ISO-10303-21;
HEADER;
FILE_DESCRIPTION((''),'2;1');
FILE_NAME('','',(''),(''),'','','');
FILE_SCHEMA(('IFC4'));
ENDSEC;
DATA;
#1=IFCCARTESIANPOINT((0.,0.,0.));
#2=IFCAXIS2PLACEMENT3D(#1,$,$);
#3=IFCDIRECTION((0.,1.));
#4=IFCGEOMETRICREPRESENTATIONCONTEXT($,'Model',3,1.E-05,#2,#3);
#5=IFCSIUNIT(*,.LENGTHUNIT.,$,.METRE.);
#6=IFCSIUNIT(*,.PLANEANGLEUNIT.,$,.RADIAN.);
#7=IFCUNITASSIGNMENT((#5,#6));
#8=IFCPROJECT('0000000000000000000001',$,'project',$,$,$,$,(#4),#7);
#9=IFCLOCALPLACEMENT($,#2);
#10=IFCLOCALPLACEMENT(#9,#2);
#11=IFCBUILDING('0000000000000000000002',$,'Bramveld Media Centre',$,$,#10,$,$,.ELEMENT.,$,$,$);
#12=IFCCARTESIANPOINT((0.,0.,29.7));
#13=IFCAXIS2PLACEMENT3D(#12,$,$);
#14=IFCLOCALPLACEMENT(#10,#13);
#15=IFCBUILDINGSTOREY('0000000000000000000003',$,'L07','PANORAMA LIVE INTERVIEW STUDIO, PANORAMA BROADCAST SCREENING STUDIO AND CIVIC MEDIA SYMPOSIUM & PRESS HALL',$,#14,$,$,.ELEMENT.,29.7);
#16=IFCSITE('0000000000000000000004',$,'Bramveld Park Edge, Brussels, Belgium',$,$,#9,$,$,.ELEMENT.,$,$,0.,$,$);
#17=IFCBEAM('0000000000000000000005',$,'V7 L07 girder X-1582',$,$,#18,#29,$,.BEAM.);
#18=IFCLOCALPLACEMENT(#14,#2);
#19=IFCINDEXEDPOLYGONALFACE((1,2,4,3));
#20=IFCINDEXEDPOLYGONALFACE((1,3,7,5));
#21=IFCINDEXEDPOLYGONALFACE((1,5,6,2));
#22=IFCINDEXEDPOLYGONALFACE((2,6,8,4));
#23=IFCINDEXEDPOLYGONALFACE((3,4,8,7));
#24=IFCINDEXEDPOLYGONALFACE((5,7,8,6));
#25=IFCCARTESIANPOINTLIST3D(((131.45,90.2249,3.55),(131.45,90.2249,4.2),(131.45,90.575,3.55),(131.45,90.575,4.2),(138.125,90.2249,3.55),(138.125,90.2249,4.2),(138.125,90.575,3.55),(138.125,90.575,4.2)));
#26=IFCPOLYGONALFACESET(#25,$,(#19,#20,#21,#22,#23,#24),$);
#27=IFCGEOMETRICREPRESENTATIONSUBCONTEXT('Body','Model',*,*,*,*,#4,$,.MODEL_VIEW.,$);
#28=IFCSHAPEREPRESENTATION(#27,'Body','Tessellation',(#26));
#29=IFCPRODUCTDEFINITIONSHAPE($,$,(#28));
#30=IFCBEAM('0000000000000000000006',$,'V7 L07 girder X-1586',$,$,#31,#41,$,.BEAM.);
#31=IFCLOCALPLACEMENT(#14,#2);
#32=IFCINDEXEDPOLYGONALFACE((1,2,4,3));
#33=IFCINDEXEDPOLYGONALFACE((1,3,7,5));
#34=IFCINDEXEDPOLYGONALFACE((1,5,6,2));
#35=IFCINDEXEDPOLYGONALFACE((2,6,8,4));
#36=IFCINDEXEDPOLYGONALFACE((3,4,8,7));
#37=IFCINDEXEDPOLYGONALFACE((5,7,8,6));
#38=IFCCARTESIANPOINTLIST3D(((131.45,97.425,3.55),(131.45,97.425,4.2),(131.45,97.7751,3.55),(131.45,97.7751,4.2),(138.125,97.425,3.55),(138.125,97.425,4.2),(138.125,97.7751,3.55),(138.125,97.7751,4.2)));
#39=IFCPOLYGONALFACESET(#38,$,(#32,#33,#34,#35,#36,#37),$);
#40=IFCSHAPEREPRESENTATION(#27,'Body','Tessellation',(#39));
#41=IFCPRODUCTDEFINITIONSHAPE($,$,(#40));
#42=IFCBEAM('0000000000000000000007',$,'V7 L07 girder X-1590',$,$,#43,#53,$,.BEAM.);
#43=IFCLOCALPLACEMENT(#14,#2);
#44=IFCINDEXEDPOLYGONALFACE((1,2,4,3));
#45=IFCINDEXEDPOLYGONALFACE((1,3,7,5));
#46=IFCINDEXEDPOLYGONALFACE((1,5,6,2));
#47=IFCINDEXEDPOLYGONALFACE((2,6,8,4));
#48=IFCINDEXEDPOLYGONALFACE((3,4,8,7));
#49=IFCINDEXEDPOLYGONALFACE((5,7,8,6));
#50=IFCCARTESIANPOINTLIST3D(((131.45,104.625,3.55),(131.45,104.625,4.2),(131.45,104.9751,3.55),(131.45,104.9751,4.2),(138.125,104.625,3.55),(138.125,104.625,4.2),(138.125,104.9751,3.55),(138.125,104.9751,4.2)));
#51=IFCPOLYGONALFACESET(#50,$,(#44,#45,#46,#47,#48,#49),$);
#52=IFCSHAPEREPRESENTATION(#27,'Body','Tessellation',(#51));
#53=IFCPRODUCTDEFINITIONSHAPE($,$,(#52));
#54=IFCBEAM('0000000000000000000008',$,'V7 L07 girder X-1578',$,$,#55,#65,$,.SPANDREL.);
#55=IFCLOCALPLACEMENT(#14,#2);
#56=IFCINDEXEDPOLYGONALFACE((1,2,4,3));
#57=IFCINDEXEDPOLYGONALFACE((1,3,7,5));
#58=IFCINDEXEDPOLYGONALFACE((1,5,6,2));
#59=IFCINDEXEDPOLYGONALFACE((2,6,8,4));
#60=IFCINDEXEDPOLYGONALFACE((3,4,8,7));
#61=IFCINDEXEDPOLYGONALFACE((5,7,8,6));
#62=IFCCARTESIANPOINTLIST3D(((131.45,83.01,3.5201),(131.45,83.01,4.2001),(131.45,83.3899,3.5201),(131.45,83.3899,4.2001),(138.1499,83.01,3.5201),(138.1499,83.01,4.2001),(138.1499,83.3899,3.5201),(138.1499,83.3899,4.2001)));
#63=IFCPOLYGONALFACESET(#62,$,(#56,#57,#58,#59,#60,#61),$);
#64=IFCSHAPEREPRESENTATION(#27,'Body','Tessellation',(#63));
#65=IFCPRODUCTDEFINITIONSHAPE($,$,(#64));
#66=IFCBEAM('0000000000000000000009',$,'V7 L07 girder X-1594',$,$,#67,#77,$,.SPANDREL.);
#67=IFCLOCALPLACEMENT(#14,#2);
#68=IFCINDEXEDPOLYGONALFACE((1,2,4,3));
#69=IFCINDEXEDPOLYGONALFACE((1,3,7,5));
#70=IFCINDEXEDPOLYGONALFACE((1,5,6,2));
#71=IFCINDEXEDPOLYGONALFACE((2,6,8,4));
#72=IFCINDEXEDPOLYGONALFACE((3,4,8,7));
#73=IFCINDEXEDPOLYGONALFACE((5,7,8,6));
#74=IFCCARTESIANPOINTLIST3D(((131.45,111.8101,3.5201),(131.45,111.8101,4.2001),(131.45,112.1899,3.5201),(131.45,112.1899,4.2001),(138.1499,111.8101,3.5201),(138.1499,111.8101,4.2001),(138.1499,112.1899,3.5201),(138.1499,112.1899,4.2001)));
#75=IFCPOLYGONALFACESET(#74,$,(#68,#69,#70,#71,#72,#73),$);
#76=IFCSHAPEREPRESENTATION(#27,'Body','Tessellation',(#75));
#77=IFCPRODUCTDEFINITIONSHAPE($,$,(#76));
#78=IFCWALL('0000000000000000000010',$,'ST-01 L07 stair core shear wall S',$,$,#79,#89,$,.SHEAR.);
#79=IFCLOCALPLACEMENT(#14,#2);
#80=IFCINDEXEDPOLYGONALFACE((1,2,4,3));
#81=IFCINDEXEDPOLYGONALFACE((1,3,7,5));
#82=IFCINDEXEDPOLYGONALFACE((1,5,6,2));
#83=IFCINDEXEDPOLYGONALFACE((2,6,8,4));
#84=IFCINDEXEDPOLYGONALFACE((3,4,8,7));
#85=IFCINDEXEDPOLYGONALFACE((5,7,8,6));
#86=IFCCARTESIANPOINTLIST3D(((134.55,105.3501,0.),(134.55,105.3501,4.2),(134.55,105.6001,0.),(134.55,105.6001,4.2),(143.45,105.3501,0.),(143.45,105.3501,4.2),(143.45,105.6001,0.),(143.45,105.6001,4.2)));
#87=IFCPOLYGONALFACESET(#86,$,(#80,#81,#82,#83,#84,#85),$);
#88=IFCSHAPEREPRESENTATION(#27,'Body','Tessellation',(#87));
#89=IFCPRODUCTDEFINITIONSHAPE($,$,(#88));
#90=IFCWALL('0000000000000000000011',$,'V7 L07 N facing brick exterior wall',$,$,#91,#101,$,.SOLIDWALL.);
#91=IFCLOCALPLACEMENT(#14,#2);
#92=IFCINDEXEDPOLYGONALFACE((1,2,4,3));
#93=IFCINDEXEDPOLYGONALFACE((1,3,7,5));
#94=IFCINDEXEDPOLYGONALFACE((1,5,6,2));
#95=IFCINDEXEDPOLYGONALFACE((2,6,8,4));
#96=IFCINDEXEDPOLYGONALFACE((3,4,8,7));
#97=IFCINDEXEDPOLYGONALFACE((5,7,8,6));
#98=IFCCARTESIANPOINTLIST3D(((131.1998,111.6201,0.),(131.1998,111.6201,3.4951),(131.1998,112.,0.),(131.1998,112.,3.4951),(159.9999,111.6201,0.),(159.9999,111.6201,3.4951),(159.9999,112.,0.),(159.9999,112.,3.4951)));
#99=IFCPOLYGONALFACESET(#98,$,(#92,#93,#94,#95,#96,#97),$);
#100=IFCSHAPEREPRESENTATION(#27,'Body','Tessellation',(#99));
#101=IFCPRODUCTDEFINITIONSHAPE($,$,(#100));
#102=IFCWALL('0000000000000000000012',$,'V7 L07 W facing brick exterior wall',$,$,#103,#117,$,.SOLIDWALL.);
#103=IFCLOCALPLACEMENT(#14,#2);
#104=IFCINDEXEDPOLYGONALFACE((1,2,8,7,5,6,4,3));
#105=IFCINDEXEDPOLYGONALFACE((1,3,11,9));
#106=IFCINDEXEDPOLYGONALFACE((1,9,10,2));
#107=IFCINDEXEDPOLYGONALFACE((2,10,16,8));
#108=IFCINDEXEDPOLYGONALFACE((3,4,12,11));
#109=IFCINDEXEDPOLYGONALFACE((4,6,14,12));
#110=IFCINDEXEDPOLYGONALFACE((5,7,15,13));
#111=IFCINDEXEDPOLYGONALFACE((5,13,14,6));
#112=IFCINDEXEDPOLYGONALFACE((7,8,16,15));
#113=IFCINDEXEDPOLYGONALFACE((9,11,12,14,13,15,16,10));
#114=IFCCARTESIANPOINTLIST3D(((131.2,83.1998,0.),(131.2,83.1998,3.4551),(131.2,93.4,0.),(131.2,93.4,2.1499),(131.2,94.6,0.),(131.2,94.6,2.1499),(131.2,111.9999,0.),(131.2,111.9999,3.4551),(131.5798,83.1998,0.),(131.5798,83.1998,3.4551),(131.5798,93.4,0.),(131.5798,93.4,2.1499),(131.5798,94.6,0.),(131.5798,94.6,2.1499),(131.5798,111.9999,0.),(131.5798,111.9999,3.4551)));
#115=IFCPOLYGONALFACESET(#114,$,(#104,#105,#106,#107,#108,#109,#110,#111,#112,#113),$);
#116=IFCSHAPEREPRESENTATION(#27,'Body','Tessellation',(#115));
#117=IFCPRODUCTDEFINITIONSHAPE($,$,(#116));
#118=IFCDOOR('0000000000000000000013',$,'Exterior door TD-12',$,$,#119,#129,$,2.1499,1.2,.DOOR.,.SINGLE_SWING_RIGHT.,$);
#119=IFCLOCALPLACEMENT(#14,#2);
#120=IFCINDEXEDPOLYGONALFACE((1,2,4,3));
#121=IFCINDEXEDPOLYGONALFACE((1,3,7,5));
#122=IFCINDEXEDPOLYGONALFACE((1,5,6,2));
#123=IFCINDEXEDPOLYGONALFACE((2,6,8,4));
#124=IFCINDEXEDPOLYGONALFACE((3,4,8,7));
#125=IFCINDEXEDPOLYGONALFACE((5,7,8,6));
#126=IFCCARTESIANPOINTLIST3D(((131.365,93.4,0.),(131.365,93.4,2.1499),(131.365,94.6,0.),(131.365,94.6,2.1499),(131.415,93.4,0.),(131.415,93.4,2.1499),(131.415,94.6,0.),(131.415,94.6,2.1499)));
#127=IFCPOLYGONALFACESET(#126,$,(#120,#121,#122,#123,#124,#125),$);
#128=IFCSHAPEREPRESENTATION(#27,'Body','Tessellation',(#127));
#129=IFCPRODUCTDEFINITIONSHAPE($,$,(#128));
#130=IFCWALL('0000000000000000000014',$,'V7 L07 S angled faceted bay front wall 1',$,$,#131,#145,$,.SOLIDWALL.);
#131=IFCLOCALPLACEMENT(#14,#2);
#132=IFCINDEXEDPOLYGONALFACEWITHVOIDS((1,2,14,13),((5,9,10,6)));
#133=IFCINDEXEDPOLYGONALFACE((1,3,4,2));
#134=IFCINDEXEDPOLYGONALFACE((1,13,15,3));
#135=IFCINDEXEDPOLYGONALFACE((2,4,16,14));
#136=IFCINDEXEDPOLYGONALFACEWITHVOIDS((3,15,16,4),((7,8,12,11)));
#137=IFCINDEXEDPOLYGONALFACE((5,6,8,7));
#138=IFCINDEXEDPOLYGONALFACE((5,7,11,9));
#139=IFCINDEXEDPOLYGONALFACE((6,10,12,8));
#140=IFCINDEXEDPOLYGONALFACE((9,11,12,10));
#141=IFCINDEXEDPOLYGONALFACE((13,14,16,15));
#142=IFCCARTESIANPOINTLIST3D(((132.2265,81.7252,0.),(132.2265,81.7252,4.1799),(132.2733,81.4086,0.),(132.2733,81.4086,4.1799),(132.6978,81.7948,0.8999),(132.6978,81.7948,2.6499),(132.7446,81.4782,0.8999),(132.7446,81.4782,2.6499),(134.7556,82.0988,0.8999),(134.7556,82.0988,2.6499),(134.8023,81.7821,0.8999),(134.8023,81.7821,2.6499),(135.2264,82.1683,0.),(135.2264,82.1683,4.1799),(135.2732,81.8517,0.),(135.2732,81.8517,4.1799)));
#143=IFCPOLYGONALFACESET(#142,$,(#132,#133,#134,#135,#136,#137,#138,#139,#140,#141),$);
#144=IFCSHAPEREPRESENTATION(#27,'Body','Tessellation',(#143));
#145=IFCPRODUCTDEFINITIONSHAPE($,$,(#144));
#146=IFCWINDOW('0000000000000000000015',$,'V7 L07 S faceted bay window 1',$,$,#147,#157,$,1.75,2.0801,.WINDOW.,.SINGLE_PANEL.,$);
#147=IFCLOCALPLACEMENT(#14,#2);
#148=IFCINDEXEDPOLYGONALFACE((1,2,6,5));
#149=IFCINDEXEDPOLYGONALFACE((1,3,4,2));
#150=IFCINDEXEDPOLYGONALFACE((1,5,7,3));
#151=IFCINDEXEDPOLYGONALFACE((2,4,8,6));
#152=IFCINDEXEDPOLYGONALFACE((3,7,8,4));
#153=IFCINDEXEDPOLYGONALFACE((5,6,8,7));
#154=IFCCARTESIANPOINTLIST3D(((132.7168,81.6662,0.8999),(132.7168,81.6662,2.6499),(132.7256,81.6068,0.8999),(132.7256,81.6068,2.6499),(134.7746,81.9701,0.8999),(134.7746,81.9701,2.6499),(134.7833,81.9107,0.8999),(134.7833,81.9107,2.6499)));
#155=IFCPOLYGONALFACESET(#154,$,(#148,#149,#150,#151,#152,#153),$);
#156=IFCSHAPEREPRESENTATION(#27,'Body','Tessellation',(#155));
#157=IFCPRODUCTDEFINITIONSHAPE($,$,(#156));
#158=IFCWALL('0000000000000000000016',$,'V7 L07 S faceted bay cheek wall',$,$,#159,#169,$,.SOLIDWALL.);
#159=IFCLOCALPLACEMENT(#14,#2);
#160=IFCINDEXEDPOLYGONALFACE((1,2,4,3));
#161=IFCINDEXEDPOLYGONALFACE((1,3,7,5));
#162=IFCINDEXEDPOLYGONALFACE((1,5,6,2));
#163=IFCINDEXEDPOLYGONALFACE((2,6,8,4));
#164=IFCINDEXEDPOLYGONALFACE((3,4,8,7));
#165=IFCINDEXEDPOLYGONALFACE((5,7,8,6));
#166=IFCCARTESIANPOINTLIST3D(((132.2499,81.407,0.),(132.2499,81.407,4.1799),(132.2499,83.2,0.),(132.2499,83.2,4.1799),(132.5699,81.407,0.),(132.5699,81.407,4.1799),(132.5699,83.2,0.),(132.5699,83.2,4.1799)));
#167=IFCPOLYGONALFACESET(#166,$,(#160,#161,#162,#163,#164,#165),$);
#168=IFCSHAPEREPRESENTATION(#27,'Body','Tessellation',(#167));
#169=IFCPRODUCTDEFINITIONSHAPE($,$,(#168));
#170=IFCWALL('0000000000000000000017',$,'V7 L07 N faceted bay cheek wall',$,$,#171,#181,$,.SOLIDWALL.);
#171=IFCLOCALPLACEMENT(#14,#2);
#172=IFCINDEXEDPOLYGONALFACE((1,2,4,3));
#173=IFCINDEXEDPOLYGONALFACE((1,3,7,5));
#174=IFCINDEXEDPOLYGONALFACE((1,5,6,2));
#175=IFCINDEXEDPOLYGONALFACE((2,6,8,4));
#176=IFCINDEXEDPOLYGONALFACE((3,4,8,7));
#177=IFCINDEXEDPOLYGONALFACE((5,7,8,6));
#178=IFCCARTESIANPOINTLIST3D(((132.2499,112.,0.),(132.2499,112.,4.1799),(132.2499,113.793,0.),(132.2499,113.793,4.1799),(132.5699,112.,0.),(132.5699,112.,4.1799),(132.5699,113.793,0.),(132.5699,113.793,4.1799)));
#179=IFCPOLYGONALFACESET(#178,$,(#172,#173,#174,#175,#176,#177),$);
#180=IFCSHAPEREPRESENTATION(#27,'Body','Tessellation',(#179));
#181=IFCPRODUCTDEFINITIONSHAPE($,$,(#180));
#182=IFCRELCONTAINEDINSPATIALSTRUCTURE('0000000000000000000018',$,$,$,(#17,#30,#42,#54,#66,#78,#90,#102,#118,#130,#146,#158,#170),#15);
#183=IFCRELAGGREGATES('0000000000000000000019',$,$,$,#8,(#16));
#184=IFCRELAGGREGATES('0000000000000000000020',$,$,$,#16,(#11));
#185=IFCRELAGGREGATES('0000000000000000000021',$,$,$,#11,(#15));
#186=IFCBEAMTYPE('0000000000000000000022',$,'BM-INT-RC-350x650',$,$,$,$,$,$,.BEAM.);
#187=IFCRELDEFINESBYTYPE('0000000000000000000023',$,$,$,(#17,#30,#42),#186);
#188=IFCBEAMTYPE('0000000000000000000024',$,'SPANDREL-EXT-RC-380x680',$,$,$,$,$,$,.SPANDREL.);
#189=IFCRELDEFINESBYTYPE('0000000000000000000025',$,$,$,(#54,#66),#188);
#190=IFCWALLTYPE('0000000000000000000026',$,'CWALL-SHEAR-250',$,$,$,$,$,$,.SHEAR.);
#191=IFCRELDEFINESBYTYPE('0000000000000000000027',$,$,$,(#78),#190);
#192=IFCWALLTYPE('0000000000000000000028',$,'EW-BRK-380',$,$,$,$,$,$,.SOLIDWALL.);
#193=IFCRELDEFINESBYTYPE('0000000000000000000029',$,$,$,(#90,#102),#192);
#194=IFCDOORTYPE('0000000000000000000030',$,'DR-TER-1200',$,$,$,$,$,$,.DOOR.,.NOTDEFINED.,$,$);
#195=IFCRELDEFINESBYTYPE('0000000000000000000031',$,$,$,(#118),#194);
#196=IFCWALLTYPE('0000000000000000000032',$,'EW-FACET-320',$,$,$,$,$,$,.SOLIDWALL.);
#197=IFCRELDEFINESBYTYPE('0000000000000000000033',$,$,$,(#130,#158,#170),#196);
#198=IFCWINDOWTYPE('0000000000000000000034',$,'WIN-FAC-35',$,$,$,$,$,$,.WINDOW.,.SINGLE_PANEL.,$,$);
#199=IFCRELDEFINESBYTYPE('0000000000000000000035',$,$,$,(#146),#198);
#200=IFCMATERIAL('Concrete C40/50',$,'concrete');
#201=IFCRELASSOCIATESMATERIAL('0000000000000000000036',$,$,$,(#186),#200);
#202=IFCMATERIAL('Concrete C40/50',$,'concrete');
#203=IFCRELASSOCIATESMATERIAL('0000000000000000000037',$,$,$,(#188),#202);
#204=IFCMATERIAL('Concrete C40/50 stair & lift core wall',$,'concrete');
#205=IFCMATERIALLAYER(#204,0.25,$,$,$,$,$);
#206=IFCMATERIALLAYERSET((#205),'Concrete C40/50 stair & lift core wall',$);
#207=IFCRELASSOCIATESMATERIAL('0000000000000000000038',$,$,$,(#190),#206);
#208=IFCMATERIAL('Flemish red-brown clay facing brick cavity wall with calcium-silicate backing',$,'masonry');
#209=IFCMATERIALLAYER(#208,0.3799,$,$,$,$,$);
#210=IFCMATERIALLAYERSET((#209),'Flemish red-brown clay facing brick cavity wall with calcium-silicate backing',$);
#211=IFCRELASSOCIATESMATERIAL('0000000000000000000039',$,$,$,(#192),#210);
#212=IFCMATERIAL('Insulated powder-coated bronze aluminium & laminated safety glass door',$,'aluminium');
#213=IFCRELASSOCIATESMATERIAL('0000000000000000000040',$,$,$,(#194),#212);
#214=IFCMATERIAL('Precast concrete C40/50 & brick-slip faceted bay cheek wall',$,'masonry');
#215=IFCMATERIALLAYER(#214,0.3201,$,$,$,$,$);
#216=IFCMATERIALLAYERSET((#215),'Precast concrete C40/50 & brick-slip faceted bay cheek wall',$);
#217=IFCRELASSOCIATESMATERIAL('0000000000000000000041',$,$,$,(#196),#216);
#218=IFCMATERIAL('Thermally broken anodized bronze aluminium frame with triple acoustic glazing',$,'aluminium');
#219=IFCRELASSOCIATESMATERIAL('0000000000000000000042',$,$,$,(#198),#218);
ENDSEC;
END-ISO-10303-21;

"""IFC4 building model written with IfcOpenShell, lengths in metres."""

from ifc_helpers import new_model, si_unit, direction, frame, frame_2d, origin, origin_2d, place, context, subcontext, project, spatial, rectangle, extrude, material, layer, layer_set, material_profile, profile_set, type_object, element, fill, save


model = new_model("IFC4")

# Units and contexts
model_context = context("Model", 3, precision=1e-05, world=origin(), true_north=direction((0.0, 1.0)))
body_context = subcontext(model_context, "Body", "Model", "MODEL_VIEW")
ifc_project = project(units=[si_unit("LENGTHUNIT", "METRE"), si_unit("PLANEANGLEUNIT", "RADIAN")], contexts=[model_context])

# Site, building, storey
site_placement = place(None, origin())
site = spatial("IfcSite", under=ifc_project, at=site_placement, Name="Bramveld Park Edge, Brussels, Belgium", CompositionType="ELEMENT", RefElevation=0.0)
building_placement = place(site_placement, origin())
building = spatial("IfcBuilding", under=site, at=building_placement, Name="Bramveld Media Centre", CompositionType="ELEMENT")
storey_placement = place(building_placement, frame((0.0, 0.0, 29.7)))
storey = spatial("IfcBuildingStorey", under=building, at=storey_placement, Name="L07", Description="PANORAMA LIVE INTERVIEW STUDIO, PANORAMA BROADCAST SCREENING STUDIO AND CIVIC MEDIA SYMPOSIUM & PRESS HALL", CompositionType="ELEMENT", Elevation=29.7)

# Beams
ifc_material_1 = material(Name="Concrete C40/50", Category="concrete")
ifc_material_profile_1 = material_profile(ifc_material_1, rectangle(XDim=0.3501, YDim=0.6499, at=origin_2d()), Name="RC 350x650")
ifc_profile_set_1 = profile_set([ifc_material_profile_1], Name="Concrete C40/50")
beam_type_1 = type_object("IfcBeamType", Name="BM-INT-RC-350x650", PredefinedType="BEAM", material=ifc_profile_set_1)
for number, where, z_axis, x_axis, name in (
    (1, (131.45, 90.3999, 3.875), (1.0, 0.0, 0.0), (0.0, 1.0, 0.0), "V7 L07 girder X-1582"),
    (2, (131.45, 97.6001, 3.875), (1.0, 0.0, 0.0), (0.0, 1.0, 0.0), "V7 L07 girder X-1586"),
    (3, (131.45, 104.8, 3.875), (1.0, 0.0, 0.0), (0.0, 1.0, 0.0), "V7 L07 girder X-1590"),
):
    element("IfcBeam", number, at=place(storey_placement, frame(where, z_axis=z_axis, x_axis=x_axis)), inside=storey, type_object=beam_type_1, Name=name, PredefinedType="BEAM", context=body_context, shape_type="SweptSolid", body=[
        extrude(rectangle(XDim=0.3501, YDim=0.6499, at=origin_2d()), origin(), (0.0, 0.0, 1.0), 6.675),
    ])
ifc_material_2 = material(Name="Concrete C40/50", Category="concrete")
ifc_material_profile_2 = material_profile(ifc_material_2, rectangle(XDim=0.3799, YDim=0.6799, at=origin_2d()), Name="RC 380x680")
ifc_profile_set_2 = profile_set([ifc_material_profile_2], Name="Concrete C40/50")
beam_type_2 = type_object("IfcBeamType", Name="SPANDREL-EXT-RC-380x680", PredefinedType="SPANDREL", material=ifc_profile_set_2)
for number, where, z_axis, x_axis, name in (
    (4, (131.45, 83.2, 3.8601), (1.0, 0.0, 0.0), (0.0, 1.0, 0.0), "V7 L07 girder X-1578"),
    (5, (131.45, 112.0, 3.8601), (1.0, 0.0, 0.0), (0.0, 1.0, 0.0), "V7 L07 girder X-1594"),
):
    element("IfcBeam", number, at=place(storey_placement, frame(where, z_axis=z_axis, x_axis=x_axis)), inside=storey, type_object=beam_type_2, Name=name, PredefinedType="SPANDREL", context=body_context, shape_type="SweptSolid", body=[
        extrude(rectangle(XDim=0.3799, YDim=0.6799, at=origin_2d()), origin(), (0.0, 0.0, 1.0), 6.7),
    ])

# Wall
ifc_material_3 = material(Name="Concrete C40/50 stair & lift core wall", Category="concrete")
ifc_layer_1 = layer(ifc_material_3, 0.25)
ifc_layer_set_1 = layer_set([ifc_layer_1], Name="Concrete C40/50 stair & lift core wall")
wall_type_1 = type_object("IfcWallType", Name="CWALL-SHEAR-250", PredefinedType="SHEAR", material=ifc_layer_set_1)
wall_1_placement = place(storey_placement, frame((134.55, 105.4751, 0.0), z_axis=(0.0, 0.0, 1.0), x_axis=(1.0, 0.0, 0.0)))
element("IfcWall", 6, at=wall_1_placement, inside=storey, type_object=wall_type_1, Name="ST-01 L07 stair core shear wall S", PredefinedType="SHEAR", context=body_context, shape_type="SweptSolid", body=[
    extrude(rectangle(XDim=8.8999, YDim=0.25, at=frame_2d((4.45, 0.0))), origin(), (0.0, 0.0, 1.0), 4.2),
])

# Wall
ifc_material_4 = material(Name="Flemish red-brown clay facing brick cavity wall with calcium-silicate backing", Category="masonry")
ifc_layer_2 = layer(ifc_material_4, 0.3799)
ifc_layer_set_2 = layer_set([ifc_layer_2], Name="Flemish red-brown clay facing brick cavity wall with calcium-silicate backing")
wall_type_2 = type_object("IfcWallType", Name="EW-BRK-380", PredefinedType="SOLIDWALL", material=ifc_layer_set_2)
wall_2_placement = place(storey_placement, frame((131.2, 111.8101, 0.0), z_axis=(0.0, 0.0, 1.0), x_axis=(1.0, 0.0, 0.0)))
element("IfcWall", 7, at=wall_2_placement, inside=storey, type_object=wall_type_2, Name="V7 L07 N facing brick exterior wall", PredefinedType="SOLIDWALL", context=body_context, shape_type="SweptSolid", body=[
    extrude(rectangle(XDim=28.8, YDim=0.3799, at=frame_2d((14.3999, 0.0))), origin(), (0.0, 0.0, 1.0), 3.4951),
])

# Wall, opening, door
wall_3_placement = place(storey_placement, frame((131.3899, 83.2, 0.0), z_axis=(0.0, 0.0, 1.0), x_axis=(0.0, 1.0, 0.0)))
wall_3 = element("IfcWall", 8, at=wall_3_placement, inside=storey, type_object=wall_type_2, Name="V7 L07 W facing brick exterior wall", PredefinedType="SOLIDWALL", context=body_context, shape_type="SweptSolid", body=[
    extrude(rectangle(XDim=28.8, YDim=0.3799, at=frame_2d((14.3999, 0.0))), origin(), (0.0, 0.0, 1.0), 3.4551),
])
opening_1_placement = place(wall_3_placement, frame((10.2, 0.0, 0.0)))
opening_1 = element("IfcOpeningElement", 9, at=opening_1_placement, cuts=wall_3, PredefinedType="OPENING", context=body_context, shape_type="SweptSolid", body=[
    extrude(rectangle(XDim=1.2, YDim=2.1499, at=frame_2d((0.6001, 1.075))), frame((0.0, 0.2019, 0.0), z_axis=(0.0, -1.0, 0.0), x_axis=(1.0, 0.0, 0.0)), (0.0, 0.0, 1.0), 0.4038),
])
ifc_material_5 = material(Name="Insulated powder-coated bronze aluminium & laminated safety glass door", Category="aluminium")
door_type_1 = type_object("IfcDoorType", Name="DR-TER-1200", OperationType="NOTDEFINED", PredefinedType="DOOR", material=ifc_material_5)
door_1_placement = place(opening_1_placement, origin())
door_1 = element("IfcDoor", 10, at=door_1_placement, inside=storey, type_object=door_type_1, Name="Exterior door TD-12", OperationType="SINGLE_SWING_RIGHT", OverallHeight=2.1499, OverallWidth=1.2, PredefinedType="DOOR", context=body_context, shape_type="SweptSolid", body=[
    extrude(rectangle(XDim=1.2, YDim=2.1499, at=frame_2d((0.6001, 1.075))), frame((0.0, 0.0249, 0.0), z_axis=(0.0, -1.0, 0.0), x_axis=(1.0, 0.0, 0.0)), (0.0, 0.0, 1.0), 0.05),
])
fill(opening_1, door_1)

# Wall, opening, window
ifc_material_6 = material(Name="Precast concrete C40/50 & brick-slip faceted bay cheek wall", Category="masonry")
ifc_layer_3 = layer(ifc_material_6, 0.3201)
ifc_layer_set_3 = layer_set([ifc_layer_3], Name="Precast concrete C40/50 & brick-slip faceted bay cheek wall")
wall_type_3 = type_object("IfcWallType", Name="EW-FACET-320", PredefinedType="SOLIDWALL", material=ifc_layer_set_3)
wall_4_placement = place(storey_placement, frame((132.25, 81.5669, 0.0), z_axis=(0.0, 0.0, 1.0), x_axis=(0.989267, 0.14612, 0.0)))
wall_4 = element("IfcWall", 11, at=wall_4_placement, inside=storey, type_object=wall_type_3, Name="V7 L07 S angled faceted bay front wall 1", PredefinedType="SOLIDWALL", context=body_context, shape_type="SweptSolid", body=[
    extrude(rectangle(XDim=3.0325, YDim=0.3201, at=frame_2d((1.5161, 0.0))), origin(), (0.0, 0.0, 1.0), 4.1799),
])
opening_2_placement = place(wall_4_placement, frame((0.4763, 0.0, 0.8999)))
opening_2 = element("IfcOpeningElement", 12, at=opening_2_placement, cuts=wall_4, PredefinedType="OPENING", context=body_context, shape_type="SweptSolid", body=[
    extrude(rectangle(XDim=2.0801, YDim=1.75, at=frame_2d((1.04, 0.875))), frame((0.0, 0.1719, 0.0), z_axis=(0.0, -1.0, 0.0), x_axis=(1.0, 0.0, 0.0)), (0.0, 0.0, 1.0), 0.344),
])
ifc_material_7 = material(Name="Thermally broken anodized bronze aluminium frame with triple acoustic glazing", Category="aluminium")
window_type = type_object("IfcWindowType", Name="WIN-FAC-35", PartitioningType="SINGLE_PANEL", PredefinedType="WINDOW", material=ifc_material_7)
window_placement = place(opening_2_placement, origin())
window = element("IfcWindow", 13, at=window_placement, inside=storey, type_object=window_type, Name="V7 L07 S faceted bay window 1", OverallHeight=1.75, OverallWidth=2.0801, PartitioningType="SINGLE_PANEL", PredefinedType="WINDOW", context=body_context, shape_type="SweptSolid", body=[
    extrude(rectangle(XDim=2.0801, YDim=1.75, at=frame_2d((1.04, 0.875))), frame((0.0, 0.03, 0.0), z_axis=(0.0, -1.0, 0.0), x_axis=(1.0, 0.0, 0.0)), (0.0, 0.0, 1.0), 0.0601),
])
fill(opening_2, window)

# Walls
for number, where, z_axis, x_axis, name in (
    (14, (132.4099, 83.2, 0.0), (0.0, 0.0, 1.0), (0.0, -1.0, 0.0), "V7 L07 S faceted bay cheek wall"),
    (15, (132.4099, 112.0, 0.0), (0.0, 0.0, 1.0), (0.0, 1.0, 0.0), "V7 L07 N faceted bay cheek wall"),
):
    element("IfcWall", number, at=place(storey_placement, frame(where, z_axis=z_axis, x_axis=x_axis)), inside=storey, type_object=wall_type_3, Name=name, PredefinedType="SOLIDWALL", context=body_context, shape_type="SweptSolid", body=[
        extrude(rectangle(XDim=1.793, YDim=0.3201, at=frame_2d((0.8965, 0.0))), origin(), (0.0, 0.0, 1.0), 4.1799),
    ])

save(model, "model.ifc")
